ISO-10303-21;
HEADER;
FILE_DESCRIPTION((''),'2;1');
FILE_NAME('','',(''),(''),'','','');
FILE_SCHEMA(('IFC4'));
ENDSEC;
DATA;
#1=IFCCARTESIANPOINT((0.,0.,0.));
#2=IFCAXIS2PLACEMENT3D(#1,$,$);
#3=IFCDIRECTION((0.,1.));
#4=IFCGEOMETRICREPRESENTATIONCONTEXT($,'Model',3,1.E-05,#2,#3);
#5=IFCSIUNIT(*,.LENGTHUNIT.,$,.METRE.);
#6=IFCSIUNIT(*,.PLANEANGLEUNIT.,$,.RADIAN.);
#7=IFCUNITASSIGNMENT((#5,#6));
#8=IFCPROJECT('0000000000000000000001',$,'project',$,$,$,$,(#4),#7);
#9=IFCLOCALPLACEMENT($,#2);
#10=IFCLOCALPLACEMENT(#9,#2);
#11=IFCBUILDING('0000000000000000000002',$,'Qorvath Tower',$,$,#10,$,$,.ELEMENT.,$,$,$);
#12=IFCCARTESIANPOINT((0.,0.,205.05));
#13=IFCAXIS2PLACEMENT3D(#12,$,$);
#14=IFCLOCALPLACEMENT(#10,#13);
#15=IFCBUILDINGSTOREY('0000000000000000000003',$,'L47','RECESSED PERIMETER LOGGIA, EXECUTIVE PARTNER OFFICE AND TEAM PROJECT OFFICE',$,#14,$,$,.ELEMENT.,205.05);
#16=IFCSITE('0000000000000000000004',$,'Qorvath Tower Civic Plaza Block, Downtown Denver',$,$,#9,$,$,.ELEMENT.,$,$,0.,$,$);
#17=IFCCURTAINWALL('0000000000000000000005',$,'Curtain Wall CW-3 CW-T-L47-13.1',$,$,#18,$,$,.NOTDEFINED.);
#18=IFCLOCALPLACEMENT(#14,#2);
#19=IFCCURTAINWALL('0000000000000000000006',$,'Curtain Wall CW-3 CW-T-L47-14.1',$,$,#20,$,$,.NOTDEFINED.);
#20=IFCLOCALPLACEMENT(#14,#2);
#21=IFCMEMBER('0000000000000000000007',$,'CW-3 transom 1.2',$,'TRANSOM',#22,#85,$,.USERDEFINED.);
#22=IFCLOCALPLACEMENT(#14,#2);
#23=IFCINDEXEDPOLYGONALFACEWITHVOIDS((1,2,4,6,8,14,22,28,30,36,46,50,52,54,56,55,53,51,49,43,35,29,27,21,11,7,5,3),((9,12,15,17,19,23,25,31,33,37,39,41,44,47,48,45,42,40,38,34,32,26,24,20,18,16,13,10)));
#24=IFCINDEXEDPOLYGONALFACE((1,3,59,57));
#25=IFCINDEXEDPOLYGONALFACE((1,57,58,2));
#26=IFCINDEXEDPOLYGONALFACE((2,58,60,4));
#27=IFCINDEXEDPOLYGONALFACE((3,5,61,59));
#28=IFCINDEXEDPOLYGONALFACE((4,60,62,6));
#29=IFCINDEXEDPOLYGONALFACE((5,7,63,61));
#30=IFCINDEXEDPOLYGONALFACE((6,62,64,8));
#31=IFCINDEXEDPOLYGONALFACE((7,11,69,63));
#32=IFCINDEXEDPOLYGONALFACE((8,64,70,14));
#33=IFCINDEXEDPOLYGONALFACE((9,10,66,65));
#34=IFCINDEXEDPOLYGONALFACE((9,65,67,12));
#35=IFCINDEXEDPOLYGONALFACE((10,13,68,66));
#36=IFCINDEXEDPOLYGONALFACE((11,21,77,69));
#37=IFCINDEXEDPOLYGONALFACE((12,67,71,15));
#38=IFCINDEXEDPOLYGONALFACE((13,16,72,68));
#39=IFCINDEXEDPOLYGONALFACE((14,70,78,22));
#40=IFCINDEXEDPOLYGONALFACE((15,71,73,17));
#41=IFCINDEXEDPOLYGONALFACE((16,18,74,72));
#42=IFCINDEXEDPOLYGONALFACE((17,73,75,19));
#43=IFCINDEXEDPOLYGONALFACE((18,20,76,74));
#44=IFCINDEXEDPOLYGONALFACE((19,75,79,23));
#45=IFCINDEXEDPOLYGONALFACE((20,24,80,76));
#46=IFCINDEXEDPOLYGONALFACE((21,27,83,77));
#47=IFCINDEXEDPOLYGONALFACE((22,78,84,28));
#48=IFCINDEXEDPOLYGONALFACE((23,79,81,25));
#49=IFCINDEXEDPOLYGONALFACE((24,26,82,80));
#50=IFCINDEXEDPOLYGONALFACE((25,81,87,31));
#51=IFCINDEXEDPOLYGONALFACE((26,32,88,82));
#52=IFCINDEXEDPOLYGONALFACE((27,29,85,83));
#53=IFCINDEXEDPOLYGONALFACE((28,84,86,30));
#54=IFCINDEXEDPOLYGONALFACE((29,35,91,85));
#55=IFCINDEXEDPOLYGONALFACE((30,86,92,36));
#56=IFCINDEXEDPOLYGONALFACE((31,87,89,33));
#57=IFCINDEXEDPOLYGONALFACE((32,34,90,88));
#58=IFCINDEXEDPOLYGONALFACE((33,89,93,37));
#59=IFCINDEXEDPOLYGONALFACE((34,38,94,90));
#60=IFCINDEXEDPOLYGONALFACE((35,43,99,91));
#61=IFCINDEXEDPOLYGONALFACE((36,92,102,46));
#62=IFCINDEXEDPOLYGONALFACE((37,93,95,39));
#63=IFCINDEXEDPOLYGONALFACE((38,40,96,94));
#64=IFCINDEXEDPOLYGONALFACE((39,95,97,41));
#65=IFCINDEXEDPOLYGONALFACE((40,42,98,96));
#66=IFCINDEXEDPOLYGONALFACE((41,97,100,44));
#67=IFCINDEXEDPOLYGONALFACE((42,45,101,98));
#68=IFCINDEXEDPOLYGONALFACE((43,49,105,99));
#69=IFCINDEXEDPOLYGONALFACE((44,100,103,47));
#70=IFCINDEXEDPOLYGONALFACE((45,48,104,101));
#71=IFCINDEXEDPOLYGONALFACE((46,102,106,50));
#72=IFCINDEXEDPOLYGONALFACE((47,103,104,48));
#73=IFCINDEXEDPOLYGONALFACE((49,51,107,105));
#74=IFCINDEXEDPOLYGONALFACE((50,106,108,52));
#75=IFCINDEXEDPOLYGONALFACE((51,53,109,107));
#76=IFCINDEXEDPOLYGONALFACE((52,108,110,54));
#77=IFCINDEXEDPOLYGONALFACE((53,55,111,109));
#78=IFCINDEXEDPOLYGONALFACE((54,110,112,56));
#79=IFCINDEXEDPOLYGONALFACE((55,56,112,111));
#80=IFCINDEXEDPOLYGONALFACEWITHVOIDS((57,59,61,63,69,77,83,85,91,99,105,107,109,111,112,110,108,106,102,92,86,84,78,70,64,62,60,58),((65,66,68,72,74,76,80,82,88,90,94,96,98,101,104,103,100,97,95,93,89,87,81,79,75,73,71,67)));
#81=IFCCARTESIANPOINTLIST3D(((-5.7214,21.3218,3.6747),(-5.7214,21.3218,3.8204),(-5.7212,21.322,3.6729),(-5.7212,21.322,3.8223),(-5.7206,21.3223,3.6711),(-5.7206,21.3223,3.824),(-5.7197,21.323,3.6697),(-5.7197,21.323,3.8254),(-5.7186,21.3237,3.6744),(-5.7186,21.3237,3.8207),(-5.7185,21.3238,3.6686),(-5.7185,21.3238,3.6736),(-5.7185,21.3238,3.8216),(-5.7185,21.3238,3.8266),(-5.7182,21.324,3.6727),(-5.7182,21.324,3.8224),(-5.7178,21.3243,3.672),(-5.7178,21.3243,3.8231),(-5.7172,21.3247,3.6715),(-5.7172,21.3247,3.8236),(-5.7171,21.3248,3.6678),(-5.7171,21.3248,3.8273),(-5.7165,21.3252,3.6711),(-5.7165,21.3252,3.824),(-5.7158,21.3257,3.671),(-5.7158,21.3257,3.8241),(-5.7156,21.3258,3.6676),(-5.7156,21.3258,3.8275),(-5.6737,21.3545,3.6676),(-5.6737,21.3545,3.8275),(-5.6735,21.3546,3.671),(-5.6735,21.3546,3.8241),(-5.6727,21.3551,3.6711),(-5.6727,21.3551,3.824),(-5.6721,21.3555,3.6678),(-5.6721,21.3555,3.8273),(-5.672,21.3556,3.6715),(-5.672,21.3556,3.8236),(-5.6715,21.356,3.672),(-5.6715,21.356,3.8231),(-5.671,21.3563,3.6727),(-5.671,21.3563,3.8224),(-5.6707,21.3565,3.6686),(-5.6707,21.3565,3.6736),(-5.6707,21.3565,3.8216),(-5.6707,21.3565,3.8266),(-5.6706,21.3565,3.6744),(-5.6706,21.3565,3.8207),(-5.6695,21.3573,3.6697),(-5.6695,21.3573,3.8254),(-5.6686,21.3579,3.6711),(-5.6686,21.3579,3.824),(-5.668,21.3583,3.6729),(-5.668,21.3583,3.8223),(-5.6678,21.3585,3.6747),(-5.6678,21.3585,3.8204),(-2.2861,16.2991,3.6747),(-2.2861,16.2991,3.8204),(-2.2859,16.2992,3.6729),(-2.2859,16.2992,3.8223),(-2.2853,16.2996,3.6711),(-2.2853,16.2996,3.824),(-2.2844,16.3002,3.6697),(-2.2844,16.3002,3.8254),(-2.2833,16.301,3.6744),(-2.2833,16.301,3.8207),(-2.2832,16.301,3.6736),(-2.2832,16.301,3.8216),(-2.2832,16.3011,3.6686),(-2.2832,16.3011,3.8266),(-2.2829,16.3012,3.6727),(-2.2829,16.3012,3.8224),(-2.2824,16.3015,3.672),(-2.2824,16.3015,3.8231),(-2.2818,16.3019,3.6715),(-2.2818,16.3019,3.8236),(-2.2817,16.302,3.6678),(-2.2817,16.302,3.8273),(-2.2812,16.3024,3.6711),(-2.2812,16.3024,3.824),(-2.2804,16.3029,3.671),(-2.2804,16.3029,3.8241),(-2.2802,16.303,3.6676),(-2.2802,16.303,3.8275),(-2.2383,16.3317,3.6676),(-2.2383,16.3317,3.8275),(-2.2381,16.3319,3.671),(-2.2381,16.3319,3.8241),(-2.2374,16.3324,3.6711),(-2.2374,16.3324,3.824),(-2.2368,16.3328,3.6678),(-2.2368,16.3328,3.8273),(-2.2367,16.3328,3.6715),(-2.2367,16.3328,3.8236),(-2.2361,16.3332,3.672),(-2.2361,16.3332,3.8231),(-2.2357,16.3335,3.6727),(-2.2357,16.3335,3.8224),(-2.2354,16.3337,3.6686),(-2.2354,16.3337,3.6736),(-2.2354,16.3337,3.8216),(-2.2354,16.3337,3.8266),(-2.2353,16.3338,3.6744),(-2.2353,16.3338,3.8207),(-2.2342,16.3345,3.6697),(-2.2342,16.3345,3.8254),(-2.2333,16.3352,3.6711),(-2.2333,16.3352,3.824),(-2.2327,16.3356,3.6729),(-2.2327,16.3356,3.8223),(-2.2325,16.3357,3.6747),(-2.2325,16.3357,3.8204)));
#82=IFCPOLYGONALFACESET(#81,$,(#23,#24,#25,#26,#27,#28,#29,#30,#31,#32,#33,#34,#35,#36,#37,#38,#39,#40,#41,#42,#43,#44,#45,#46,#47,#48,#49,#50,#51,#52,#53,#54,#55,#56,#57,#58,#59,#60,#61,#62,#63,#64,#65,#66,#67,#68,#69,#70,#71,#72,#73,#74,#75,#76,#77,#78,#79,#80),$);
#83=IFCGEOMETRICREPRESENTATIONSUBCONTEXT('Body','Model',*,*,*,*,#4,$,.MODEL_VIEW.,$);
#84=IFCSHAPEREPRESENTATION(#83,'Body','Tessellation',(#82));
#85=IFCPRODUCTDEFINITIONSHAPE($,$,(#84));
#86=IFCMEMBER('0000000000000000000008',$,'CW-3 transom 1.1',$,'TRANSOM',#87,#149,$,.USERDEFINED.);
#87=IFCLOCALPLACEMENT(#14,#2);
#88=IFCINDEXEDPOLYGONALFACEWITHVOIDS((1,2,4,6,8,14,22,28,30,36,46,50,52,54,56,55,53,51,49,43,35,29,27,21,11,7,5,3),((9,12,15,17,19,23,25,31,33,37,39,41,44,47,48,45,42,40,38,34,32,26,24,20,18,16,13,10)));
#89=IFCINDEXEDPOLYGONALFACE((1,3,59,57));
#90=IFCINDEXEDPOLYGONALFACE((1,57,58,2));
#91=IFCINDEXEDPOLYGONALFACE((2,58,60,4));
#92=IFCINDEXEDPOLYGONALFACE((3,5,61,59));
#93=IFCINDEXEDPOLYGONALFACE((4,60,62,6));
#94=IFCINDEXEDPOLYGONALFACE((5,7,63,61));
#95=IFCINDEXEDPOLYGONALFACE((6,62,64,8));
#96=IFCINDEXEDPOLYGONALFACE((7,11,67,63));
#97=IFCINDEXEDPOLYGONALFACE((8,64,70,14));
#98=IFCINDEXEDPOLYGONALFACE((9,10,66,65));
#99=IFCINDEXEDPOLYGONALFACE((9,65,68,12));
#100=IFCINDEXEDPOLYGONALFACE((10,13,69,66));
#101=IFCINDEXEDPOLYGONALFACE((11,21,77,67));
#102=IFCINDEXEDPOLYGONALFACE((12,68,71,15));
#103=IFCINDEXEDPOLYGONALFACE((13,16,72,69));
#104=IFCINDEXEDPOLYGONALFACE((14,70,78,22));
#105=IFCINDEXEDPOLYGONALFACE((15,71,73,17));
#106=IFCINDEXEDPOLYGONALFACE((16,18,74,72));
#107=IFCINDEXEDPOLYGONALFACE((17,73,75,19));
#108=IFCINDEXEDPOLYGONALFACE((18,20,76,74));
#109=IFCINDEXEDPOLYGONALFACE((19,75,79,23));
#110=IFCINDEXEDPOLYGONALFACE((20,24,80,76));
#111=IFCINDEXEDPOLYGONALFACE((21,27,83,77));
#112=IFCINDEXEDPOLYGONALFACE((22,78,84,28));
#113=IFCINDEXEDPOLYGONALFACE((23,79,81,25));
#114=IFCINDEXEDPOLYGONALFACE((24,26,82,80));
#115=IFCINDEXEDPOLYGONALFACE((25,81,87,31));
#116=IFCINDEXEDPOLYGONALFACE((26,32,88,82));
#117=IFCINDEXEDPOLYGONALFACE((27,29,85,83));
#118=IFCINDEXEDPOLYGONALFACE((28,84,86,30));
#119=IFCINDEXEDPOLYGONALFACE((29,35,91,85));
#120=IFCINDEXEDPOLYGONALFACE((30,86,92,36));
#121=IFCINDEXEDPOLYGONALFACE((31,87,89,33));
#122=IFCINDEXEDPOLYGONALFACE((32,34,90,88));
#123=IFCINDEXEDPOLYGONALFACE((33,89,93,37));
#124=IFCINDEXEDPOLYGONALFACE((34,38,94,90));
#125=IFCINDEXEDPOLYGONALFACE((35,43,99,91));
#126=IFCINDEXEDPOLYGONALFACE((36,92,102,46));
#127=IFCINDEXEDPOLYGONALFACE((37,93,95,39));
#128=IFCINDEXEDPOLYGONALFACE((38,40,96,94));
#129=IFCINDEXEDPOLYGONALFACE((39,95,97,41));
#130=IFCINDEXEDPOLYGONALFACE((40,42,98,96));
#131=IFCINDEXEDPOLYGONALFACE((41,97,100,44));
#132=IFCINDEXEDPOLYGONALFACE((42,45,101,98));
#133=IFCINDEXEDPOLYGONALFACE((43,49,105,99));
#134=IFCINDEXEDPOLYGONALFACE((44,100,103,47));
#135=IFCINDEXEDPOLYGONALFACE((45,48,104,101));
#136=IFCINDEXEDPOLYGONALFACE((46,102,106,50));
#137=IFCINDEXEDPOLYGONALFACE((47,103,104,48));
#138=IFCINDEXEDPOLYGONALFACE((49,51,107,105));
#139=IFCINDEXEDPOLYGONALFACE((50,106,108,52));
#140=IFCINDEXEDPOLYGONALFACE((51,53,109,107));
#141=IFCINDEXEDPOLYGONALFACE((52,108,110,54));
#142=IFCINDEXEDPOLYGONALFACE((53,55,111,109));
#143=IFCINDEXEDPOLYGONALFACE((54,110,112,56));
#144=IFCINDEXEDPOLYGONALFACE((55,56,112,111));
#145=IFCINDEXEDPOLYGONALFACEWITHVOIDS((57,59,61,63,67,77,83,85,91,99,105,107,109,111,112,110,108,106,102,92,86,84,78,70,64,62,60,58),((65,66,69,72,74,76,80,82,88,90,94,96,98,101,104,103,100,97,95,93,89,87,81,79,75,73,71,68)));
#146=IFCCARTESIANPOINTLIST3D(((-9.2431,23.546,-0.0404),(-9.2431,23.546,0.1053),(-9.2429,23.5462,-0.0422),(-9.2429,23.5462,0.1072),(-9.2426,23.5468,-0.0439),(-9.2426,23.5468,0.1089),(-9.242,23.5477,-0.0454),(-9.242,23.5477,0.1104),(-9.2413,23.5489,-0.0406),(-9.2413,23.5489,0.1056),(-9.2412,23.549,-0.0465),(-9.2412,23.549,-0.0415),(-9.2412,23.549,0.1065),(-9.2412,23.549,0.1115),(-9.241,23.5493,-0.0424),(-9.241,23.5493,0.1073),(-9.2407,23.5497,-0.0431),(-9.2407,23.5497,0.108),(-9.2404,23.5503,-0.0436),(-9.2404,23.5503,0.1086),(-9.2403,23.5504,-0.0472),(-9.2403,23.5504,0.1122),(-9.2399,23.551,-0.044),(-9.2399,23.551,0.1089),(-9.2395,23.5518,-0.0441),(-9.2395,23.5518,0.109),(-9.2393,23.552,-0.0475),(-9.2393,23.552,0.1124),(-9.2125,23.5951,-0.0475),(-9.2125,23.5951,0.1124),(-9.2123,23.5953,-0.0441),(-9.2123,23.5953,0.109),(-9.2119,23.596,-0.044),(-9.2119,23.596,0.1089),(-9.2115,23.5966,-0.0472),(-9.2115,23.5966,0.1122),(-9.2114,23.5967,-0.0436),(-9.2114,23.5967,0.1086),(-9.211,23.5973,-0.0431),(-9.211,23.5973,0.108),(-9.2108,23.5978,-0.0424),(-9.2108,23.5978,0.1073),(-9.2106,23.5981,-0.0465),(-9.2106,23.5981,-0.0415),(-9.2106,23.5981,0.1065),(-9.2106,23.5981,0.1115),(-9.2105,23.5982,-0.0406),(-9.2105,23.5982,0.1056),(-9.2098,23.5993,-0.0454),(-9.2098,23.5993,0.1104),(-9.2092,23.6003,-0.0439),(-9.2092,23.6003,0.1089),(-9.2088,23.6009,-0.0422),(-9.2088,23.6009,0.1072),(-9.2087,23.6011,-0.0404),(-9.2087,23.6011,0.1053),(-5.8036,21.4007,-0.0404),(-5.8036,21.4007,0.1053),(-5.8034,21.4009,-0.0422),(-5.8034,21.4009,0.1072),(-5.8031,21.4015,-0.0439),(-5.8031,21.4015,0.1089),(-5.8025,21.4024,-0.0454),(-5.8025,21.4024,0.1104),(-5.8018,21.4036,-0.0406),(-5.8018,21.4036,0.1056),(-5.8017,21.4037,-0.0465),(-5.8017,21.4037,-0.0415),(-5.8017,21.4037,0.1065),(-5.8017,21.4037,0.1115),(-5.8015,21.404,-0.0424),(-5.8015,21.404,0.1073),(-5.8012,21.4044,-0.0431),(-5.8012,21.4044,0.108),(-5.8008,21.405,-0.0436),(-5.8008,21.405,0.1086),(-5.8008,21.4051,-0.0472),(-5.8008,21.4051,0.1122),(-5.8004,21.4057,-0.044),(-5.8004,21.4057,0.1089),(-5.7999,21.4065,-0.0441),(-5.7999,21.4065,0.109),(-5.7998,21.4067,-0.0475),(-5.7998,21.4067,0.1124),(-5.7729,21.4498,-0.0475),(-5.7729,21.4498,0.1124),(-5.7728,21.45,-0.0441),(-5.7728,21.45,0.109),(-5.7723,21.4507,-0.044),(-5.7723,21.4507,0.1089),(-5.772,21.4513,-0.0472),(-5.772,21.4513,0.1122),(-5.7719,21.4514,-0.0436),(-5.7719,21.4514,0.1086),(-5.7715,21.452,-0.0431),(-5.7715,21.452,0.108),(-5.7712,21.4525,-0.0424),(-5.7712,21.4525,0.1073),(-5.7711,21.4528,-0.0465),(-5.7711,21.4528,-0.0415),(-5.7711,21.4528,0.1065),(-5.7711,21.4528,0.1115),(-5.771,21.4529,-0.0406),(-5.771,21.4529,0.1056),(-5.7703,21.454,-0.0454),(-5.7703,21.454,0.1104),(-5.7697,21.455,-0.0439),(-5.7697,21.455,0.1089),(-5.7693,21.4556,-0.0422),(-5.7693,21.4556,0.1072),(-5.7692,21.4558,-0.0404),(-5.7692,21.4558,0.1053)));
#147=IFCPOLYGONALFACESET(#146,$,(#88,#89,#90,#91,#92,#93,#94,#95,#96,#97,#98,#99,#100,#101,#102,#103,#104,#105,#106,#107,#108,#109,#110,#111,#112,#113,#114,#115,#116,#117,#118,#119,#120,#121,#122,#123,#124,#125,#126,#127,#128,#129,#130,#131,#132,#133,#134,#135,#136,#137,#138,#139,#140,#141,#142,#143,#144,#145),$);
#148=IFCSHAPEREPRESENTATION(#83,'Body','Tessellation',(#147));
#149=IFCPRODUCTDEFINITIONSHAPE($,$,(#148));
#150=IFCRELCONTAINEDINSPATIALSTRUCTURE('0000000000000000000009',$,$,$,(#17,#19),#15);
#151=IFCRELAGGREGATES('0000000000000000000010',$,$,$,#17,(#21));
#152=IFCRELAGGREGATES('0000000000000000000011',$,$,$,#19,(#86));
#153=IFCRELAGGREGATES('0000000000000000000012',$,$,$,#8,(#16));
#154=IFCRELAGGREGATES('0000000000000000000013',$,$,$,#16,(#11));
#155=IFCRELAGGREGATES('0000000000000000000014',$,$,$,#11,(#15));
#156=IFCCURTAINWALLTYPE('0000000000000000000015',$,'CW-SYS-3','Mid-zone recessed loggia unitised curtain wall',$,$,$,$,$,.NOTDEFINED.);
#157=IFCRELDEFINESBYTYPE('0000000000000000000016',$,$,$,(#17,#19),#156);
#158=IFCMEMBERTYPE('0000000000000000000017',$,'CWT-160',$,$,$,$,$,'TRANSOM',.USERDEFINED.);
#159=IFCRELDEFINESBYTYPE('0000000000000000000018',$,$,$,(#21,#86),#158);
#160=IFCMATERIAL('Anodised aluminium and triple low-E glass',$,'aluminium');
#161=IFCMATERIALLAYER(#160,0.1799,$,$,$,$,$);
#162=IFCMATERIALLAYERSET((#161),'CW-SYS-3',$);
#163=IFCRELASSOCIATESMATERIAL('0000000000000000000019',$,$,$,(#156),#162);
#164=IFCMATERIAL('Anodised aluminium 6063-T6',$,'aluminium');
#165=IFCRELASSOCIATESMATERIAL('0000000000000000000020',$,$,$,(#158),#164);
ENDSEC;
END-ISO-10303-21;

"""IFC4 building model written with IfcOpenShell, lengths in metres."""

from ifc_helpers import new_model, si_unit, direction, frame, origin, origin_2d, place, context, subcontext, project, spatial, hollow_rectangle, extrude, material, layer, layer_set, material_profile, profile_set, type_object, element, aggregate, save


model = new_model("IFC4")

# Units and contexts
model_context = context("Model", 3, precision=1e-05, world=origin(), true_north=direction((0.0, 1.0)))
body_context = subcontext(model_context, "Body", "Model", "MODEL_VIEW")
ifc_project = project(units=[si_unit("LENGTHUNIT", "METRE"), si_unit("PLANEANGLEUNIT", "RADIAN")], contexts=[model_context])

# Site, building, storey
site_placement = place(None, origin())
site = spatial("IfcSite", under=ifc_project, at=site_placement, Name="Qorvath Tower Civic Plaza Block, Downtown Denver", CompositionType="ELEMENT", RefElevation=0.0)
building_placement = place(site_placement, origin())
building = spatial("IfcBuilding", under=site, at=building_placement, Name="Qorvath Tower", CompositionType="ELEMENT")
storey_placement = place(building_placement, frame((0.0, 0.0, 205.05)))
storey = spatial("IfcBuildingStorey", under=building, at=storey_placement, Name="L47", Description="RECESSED PERIMETER LOGGIA, EXECUTIVE PARTNER OFFICE AND TEAM PROJECT OFFICE", CompositionType="ELEMENT", Elevation=205.05)

# Shared definitions
ifc_material_1 = material(Name="Anodised aluminium and triple low-E glass", Category="aluminium")
ifc_layer_1 = layer(ifc_material_1, 0.1799)
ifc_layer_set_1 = layer_set([ifc_layer_1], Name="CW-SYS-3")
curtain_wall_type = type_object("IfcCurtainWallType", Name="CW-SYS-3", Description="Mid-zone recessed loggia unitised curtain wall", PredefinedType="NOTDEFINED", material=ifc_layer_set_1)

# Curtain walls
curtain_wall_1_placement = place(storey_placement, origin())
curtain_wall_1 = element("IfcCurtainWall", 1, at=curtain_wall_1_placement, inside=storey, type_object=curtain_wall_type, Name="Curtain Wall CW-3 CW-T-L47-13.1", PredefinedType="NOTDEFINED")
curtain_wall_2_placement = place(storey_placement, origin())
curtain_wall_2 = element("IfcCurtainWall", 2, at=curtain_wall_2_placement, inside=storey, type_object=curtain_wall_type, Name="Curtain Wall CW-3 CW-T-L47-14.1", PredefinedType="NOTDEFINED")

# Members
ifc_material_2 = material(Name="Anodised aluminium 6063-T6", Category="aluminium")
ifc_material_profile_1 = material_profile(ifc_material_2, hollow_rectangle(XDim=0.0649, YDim=0.1599, WallThickness=0.0034, InnerFilletRadius=0.0034, OuterFilletRadius=0.0071, at=origin_2d()), Name="CWT 160x65")
ifc_profile_set_1 = profile_set([ifc_material_profile_1], Name="Anodised aluminium 6063-T6")
member_type_1 = type_object("IfcMemberType", Name="CWT-160", ElementType="TRANSOM", PredefinedType="USERDEFINED", material=ifc_profile_set_1)
member_1_placement = place(storey_placement, frame((-2.2593, 16.3174, 3.7476), z_axis=(-0.56454, 0.825406, 0.0), x_axis=(-0.825406, -0.56454, 0.0)))
member_1 = element("IfcMember", 3, at=member_1_placement, type_object=member_type_1, Name="CW-3 transom 1.2", ObjectType="TRANSOM", PredefinedType="USERDEFINED", context=body_context, shape_type="SweptSolid", body=[
    extrude(hollow_rectangle(XDim=0.0649, YDim=0.1599, WallThickness=0.0034, InnerFilletRadius=0.0034, OuterFilletRadius=0.0071, at=origin_2d()), origin(), (0.0, 0.0, 1.0), 6.0852),
])
member_2_placement = place(storey_placement, frame((-5.7864, 21.4282, 0.0325), z_axis=(-0.848485, 0.529219, 0.0), x_axis=(-0.529219, -0.848485, 0.0)))
member_2 = element("IfcMember", 4, at=member_2_placement, type_object=member_type_1, Name="CW-3 transom 1.1", ObjectType="TRANSOM", PredefinedType="USERDEFINED", context=body_context, shape_type="SweptSolid", body=[
    extrude(hollow_rectangle(XDim=0.0649, YDim=0.1599, WallThickness=0.0034, InnerFilletRadius=0.0034, OuterFilletRadius=0.0071, at=origin_2d()), origin(), (0.0, 0.0, 1.0), 4.0537),
])

aggregate(curtain_wall_1, [member_1])
aggregate(curtain_wall_2, [member_2])

save(model, "model.ifc")
